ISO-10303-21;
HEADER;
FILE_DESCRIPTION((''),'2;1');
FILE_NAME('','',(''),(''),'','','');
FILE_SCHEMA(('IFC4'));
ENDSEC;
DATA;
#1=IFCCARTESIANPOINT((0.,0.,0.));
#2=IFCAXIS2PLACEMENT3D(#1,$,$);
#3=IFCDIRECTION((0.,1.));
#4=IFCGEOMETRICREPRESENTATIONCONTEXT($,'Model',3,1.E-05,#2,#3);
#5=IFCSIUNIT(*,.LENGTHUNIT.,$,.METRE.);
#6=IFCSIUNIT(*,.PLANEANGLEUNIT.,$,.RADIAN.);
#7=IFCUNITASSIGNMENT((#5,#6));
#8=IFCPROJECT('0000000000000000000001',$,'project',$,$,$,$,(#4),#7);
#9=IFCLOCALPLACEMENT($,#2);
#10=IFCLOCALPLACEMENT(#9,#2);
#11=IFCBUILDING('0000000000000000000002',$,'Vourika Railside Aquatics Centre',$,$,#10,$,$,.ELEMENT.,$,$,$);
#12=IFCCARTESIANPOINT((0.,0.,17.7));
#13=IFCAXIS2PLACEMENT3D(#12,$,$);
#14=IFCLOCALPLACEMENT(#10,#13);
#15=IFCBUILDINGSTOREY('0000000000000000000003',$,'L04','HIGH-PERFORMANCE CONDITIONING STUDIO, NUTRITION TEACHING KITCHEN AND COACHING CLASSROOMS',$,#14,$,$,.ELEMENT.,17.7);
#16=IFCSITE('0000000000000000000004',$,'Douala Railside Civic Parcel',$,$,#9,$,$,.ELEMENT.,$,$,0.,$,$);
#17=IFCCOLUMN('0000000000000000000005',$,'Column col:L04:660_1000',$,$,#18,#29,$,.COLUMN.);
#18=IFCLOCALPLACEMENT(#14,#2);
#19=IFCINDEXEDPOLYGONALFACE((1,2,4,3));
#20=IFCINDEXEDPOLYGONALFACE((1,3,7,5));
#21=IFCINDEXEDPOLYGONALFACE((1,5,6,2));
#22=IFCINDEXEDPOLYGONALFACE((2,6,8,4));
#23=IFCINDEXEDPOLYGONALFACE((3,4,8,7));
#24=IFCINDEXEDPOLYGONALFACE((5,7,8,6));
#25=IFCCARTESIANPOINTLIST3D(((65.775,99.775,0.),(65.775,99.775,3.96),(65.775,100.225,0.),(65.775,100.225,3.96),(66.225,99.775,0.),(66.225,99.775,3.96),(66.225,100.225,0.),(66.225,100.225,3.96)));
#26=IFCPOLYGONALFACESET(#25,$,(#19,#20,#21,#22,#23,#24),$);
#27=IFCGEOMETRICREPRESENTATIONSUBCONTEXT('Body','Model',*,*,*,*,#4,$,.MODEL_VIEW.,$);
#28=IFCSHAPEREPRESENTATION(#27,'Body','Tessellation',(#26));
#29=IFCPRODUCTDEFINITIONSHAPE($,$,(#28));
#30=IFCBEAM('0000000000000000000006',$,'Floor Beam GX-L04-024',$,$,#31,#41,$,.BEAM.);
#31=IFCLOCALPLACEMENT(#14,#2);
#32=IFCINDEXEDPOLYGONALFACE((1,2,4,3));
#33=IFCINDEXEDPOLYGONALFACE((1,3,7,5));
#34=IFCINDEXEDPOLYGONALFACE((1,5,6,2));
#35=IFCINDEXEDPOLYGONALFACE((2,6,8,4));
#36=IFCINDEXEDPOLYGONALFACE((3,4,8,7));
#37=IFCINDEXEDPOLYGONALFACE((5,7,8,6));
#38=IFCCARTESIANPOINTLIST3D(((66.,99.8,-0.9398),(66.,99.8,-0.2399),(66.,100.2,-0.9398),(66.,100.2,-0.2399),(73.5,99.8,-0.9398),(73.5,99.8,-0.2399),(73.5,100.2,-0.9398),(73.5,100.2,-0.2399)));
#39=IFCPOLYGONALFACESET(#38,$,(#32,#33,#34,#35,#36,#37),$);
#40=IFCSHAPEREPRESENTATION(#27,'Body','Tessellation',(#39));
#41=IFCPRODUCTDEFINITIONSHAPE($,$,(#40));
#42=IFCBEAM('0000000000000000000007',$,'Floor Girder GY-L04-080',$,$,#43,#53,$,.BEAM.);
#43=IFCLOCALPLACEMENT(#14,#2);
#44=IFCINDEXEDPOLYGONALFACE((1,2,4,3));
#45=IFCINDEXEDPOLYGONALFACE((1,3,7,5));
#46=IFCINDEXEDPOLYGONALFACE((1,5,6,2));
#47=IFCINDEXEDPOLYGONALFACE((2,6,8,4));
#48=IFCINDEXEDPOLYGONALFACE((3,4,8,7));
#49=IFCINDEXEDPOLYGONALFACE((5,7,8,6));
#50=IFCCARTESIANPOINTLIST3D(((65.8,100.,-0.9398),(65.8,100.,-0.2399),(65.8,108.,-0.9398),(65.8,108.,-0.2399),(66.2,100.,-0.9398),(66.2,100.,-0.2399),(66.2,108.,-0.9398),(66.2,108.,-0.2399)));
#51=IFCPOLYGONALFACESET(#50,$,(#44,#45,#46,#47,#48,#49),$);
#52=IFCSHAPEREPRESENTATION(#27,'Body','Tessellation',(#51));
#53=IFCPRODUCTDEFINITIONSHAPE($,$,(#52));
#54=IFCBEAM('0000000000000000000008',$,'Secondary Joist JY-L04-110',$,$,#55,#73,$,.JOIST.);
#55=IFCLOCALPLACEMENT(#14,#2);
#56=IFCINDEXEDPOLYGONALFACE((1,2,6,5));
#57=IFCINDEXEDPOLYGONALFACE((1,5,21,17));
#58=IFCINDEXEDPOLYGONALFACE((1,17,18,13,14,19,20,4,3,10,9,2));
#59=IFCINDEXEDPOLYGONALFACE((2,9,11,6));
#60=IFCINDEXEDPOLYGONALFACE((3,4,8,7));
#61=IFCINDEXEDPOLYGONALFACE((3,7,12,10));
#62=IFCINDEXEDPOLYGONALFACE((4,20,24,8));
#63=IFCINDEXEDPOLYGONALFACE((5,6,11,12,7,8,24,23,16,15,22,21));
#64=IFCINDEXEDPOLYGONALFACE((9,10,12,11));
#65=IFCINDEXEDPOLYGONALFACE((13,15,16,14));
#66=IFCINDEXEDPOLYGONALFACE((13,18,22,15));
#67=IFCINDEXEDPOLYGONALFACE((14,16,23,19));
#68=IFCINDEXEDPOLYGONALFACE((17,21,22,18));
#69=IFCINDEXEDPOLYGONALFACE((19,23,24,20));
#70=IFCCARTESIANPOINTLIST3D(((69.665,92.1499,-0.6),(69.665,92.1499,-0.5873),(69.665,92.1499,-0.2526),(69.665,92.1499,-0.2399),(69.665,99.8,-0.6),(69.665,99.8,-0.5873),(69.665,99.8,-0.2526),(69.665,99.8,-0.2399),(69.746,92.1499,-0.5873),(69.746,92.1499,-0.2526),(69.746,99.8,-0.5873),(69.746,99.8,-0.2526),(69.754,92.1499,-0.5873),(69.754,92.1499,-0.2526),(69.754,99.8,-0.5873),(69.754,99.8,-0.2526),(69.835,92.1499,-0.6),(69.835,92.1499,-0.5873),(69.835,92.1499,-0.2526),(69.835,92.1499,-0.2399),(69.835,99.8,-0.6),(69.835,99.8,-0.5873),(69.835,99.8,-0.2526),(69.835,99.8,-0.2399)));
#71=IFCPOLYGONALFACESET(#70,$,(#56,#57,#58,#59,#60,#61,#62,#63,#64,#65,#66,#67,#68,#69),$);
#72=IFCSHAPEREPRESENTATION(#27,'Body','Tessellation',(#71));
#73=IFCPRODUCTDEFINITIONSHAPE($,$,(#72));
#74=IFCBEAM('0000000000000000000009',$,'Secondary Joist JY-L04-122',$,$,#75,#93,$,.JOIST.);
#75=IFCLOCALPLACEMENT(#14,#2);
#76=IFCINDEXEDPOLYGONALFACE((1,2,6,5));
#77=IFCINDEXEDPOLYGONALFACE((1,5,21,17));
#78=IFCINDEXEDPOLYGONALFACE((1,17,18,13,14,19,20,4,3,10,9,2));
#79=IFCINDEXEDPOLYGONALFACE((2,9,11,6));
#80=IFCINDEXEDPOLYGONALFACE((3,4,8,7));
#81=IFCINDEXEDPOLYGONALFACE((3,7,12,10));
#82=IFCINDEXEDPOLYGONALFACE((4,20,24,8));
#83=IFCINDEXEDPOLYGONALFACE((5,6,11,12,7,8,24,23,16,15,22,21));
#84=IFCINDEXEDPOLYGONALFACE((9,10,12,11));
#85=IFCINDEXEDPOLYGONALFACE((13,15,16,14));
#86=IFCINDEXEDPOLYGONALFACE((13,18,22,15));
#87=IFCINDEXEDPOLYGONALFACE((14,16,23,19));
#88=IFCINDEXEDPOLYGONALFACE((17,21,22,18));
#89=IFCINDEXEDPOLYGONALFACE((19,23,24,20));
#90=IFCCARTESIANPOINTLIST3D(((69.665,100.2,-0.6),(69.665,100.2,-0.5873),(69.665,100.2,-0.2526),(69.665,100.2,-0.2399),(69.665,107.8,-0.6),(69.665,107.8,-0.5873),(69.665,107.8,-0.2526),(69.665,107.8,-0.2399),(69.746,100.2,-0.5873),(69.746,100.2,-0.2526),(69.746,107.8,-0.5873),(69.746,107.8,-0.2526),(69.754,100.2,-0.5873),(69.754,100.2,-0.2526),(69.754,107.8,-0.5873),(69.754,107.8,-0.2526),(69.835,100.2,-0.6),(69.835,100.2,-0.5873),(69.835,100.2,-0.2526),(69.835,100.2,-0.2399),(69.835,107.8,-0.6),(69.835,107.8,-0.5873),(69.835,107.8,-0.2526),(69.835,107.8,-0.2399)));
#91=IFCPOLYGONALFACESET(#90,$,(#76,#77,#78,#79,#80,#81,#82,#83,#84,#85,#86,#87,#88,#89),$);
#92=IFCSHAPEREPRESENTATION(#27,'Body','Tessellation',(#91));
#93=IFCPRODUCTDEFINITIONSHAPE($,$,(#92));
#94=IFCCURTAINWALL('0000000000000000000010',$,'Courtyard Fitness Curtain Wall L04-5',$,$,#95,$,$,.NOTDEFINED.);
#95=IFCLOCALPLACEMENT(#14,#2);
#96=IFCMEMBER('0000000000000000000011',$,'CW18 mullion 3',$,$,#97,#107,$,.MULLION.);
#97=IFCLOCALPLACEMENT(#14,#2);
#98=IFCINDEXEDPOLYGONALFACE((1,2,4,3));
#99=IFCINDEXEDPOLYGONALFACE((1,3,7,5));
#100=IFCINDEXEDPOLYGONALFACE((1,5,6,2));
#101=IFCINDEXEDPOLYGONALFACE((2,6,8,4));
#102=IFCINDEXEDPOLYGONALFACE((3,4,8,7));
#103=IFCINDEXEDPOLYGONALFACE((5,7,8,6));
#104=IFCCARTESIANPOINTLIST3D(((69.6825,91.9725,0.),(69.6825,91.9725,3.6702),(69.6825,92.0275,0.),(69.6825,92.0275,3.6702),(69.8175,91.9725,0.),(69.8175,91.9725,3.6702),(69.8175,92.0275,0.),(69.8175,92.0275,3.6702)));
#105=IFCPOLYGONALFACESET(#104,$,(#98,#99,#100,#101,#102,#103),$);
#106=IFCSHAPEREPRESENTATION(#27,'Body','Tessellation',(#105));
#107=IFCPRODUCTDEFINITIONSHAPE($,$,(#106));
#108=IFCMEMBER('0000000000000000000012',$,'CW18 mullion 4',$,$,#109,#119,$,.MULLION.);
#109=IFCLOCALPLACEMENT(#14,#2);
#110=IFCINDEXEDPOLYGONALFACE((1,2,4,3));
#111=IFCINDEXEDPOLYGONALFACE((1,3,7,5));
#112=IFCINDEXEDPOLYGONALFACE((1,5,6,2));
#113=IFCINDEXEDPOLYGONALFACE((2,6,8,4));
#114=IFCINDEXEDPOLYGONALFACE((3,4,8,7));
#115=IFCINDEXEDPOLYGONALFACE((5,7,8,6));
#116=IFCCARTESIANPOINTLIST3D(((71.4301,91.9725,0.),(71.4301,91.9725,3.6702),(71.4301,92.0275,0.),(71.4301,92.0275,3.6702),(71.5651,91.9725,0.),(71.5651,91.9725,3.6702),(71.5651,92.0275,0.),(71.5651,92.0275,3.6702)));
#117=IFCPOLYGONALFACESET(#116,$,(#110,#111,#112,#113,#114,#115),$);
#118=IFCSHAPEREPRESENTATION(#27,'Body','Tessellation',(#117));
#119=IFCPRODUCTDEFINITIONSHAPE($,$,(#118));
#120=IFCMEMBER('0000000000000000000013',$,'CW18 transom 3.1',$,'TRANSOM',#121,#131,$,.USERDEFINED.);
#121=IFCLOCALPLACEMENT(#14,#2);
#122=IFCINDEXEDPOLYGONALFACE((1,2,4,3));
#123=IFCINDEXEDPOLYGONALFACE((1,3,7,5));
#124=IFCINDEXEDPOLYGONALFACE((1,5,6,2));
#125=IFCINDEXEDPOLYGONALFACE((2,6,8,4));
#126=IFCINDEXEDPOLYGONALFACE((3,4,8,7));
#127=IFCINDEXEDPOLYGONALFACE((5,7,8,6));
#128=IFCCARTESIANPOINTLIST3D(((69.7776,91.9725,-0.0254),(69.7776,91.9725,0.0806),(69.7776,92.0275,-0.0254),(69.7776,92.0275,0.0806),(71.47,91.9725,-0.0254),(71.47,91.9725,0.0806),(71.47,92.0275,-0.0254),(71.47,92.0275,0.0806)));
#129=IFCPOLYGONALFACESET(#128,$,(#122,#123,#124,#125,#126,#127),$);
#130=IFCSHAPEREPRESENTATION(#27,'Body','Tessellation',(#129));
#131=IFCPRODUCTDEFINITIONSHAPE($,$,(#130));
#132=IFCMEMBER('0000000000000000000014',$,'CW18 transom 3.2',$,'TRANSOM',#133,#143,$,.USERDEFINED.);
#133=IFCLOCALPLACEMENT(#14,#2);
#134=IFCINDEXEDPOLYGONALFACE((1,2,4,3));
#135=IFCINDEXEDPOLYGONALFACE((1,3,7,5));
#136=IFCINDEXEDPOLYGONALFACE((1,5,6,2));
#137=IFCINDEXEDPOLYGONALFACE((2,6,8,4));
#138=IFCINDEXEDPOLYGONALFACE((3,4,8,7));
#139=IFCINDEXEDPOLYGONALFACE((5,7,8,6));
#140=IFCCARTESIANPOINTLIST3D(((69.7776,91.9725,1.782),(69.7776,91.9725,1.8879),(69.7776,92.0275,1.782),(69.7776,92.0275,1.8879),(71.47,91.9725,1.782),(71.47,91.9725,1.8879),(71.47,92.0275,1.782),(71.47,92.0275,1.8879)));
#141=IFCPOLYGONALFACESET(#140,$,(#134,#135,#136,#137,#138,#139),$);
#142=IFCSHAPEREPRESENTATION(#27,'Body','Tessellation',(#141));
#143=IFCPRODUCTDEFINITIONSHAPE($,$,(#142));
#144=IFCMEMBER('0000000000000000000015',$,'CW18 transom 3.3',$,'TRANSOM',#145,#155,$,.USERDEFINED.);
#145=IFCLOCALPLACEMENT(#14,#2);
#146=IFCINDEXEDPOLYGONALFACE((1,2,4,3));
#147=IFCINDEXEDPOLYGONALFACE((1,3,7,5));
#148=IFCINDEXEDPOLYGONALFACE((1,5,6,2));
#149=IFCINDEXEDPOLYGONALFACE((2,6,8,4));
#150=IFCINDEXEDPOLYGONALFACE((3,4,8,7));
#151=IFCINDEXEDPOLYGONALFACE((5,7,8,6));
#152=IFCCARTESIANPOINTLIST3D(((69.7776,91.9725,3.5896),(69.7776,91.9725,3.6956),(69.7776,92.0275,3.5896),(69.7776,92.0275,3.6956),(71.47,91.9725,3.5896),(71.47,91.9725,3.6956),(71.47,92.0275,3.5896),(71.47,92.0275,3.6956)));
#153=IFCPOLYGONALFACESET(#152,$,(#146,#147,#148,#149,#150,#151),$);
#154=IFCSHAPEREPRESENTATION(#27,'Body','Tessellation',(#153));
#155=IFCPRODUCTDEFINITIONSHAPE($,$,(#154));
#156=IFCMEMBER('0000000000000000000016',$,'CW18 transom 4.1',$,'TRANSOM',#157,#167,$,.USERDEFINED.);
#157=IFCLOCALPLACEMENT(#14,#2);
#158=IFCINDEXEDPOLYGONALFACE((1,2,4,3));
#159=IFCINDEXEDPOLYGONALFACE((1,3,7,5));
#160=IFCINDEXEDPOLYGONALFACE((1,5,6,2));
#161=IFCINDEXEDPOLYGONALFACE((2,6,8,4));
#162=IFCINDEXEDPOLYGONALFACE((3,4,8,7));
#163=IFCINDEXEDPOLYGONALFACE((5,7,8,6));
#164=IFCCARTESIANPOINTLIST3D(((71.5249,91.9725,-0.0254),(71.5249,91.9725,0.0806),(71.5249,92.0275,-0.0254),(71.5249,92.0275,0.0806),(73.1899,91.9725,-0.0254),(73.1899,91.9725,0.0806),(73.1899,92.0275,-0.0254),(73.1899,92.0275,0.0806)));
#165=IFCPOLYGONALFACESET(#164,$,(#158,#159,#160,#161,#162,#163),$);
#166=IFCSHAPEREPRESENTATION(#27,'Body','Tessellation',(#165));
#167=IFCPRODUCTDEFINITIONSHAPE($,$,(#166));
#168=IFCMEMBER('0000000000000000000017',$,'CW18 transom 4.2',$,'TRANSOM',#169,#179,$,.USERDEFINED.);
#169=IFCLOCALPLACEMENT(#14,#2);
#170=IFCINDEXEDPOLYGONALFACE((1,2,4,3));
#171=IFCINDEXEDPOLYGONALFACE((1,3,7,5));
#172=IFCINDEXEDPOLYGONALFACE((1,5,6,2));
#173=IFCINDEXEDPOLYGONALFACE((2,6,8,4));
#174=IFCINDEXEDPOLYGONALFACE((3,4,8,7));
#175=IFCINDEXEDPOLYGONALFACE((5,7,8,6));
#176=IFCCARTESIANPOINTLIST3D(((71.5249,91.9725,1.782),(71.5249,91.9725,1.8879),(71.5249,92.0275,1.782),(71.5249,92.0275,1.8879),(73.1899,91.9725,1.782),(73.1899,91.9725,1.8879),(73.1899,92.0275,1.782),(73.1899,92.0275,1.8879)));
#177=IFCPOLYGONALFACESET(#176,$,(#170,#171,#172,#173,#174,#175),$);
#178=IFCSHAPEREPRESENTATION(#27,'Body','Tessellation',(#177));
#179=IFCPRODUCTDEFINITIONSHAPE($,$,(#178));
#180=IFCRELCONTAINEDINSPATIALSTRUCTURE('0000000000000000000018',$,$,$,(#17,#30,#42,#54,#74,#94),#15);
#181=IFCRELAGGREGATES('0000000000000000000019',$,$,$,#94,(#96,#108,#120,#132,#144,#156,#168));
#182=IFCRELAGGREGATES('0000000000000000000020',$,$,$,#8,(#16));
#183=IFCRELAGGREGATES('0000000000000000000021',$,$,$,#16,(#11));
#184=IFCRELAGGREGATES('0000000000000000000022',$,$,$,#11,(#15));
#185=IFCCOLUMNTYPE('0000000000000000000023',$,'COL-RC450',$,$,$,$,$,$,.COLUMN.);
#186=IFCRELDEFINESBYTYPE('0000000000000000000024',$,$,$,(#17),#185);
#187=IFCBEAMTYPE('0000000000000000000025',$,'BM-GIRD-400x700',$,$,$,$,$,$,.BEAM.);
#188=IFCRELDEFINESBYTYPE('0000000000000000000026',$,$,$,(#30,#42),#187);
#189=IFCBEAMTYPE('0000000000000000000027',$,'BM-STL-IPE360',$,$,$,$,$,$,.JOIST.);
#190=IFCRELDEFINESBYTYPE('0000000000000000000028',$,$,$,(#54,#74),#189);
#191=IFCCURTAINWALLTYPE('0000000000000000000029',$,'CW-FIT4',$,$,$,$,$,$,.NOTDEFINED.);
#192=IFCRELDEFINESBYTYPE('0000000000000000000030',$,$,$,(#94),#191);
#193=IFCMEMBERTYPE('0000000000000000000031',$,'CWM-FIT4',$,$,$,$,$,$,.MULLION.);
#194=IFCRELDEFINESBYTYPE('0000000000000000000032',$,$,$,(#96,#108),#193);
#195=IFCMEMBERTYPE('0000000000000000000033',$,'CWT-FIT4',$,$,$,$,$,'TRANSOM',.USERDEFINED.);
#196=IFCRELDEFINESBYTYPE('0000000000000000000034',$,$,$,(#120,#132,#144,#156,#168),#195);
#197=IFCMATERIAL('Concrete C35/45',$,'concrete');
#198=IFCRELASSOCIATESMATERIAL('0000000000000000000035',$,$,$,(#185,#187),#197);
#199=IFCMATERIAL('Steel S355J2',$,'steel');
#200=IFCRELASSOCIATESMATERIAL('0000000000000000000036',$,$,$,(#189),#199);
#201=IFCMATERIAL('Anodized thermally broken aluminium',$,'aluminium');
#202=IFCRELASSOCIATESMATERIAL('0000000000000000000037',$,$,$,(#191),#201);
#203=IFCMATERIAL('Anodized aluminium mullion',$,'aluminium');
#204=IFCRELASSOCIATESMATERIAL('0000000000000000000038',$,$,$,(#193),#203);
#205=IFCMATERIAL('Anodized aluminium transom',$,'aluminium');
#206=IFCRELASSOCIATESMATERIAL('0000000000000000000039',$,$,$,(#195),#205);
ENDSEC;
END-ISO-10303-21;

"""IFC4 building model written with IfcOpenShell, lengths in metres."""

from ifc_helpers import new_model, si_unit, direction, frame, origin, origin_2d, place, context, subcontext, project, spatial, rectangle, i_section, extrude, material, material_profile, profile_set, type_object, element, aggregate, save


model = new_model("IFC4")

# Units and contexts
model_context = context("Model", 3, precision=1e-05, world=origin(), true_north=direction((0.0, 1.0)))
body_context = subcontext(model_context, "Body", "Model", "MODEL_VIEW")
ifc_project = project(units=[si_unit("LENGTHUNIT", "METRE"), si_unit("PLANEANGLEUNIT", "RADIAN")], contexts=[model_context])

# Site, building, storey
site_placement = place(None, origin())
site = spatial("IfcSite", under=ifc_project, at=site_placement, Name="Douala Railside Civic Parcel", CompositionType="ELEMENT", RefElevation=0.0)
building_placement = place(site_placement, origin())
building = spatial("IfcBuilding", under=site, at=building_placement, Name="Vourika Railside Aquatics Centre", CompositionType="ELEMENT")
storey_placement = place(building_placement, frame((0.0, 0.0, 17.7)))
storey = spatial("IfcBuildingStorey", under=building, at=storey_placement, Name="L04", Description="HIGH-PERFORMANCE CONDITIONING STUDIO, NUTRITION TEACHING KITCHEN AND COACHING CLASSROOMS", CompositionType="ELEMENT", Elevation=17.7)

# Column
ifc_material_1 = material(Name="Concrete C35/45", Category="concrete")
ifc_material_profile_1 = material_profile(ifc_material_1, rectangle(XDim=0.45, YDim=0.45, at=origin_2d()), Name="RC 450x450")
ifc_profile_set_1 = profile_set([ifc_material_profile_1], Name="Concrete C35/45")
column_type = type_object("IfcColumnType", Name="COL-RC450", PredefinedType="COLUMN", material=ifc_profile_set_1)
column_placement = place(storey_placement, frame((66.0, 100.0, 0.0), z_axis=(0.0, 0.0, 1.0), x_axis=(1.0, 0.0, 0.0)))
element("IfcColumn", 1, at=column_placement, inside=storey, type_object=column_type, Name="Column col:L04:660_1000", PredefinedType="COLUMN", context=body_context, shape_type="SweptSolid", body=[
    extrude(rectangle(XDim=0.45, YDim=0.45, at=origin_2d()), origin(), (0.0, 0.0, 1.0), 3.96),
])

# Beams
ifc_material_profile_2 = material_profile(ifc_material_1, rectangle(XDim=0.3999, YDim=0.7, at=origin_2d()), Name="RC 400x700")
ifc_profile_set_2 = profile_set([ifc_material_profile_2], Name="Concrete C35/45")
beam_type_1 = type_object("IfcBeamType", Name="BM-GIRD-400x700", PredefinedType="BEAM", material=ifc_profile_set_2)
beam_1_placement = place(storey_placement, frame((66.0, 100.0, -0.5898), z_axis=(1.0, 0.0, 0.0), x_axis=(0.0, 1.0, 0.0)))
element("IfcBeam", 2, at=beam_1_placement, inside=storey, type_object=beam_type_1, Name="Floor Beam GX-L04-024", PredefinedType="BEAM", context=body_context, shape_type="SweptSolid", body=[
    extrude(rectangle(XDim=0.3999, YDim=0.7, at=origin_2d()), origin(), (0.0, 0.0, 1.0), 7.5),
])
beam_2_placement = place(storey_placement, frame((66.0, 100.0, -0.5898), z_axis=(0.0, 1.0, 0.0), x_axis=(-1.0, 0.0, 0.0)))
element("IfcBeam", 3, at=beam_2_placement, inside=storey, type_object=beam_type_1, Name="Floor Girder GY-L04-080", PredefinedType="BEAM", context=body_context, shape_type="SweptSolid", body=[
    extrude(rectangle(XDim=0.3999, YDim=0.7, at=origin_2d()), origin(), (0.0, 0.0, 1.0), 8.0),
])
ifc_material_2 = material(Name="Steel S355J2", Category="steel")
ifc_material_profile_3 = material_profile(ifc_material_2, i_section(OverallWidth=0.1699, OverallDepth=0.3601, WebThickness=0.0081, FlangeThickness=0.0127, at=origin_2d()), Name="IPE 360")
ifc_profile_set_3 = profile_set([ifc_material_profile_3], Name="Steel S355J2")
beam_type_2 = type_object("IfcBeamType", Name="BM-STL-IPE360", PredefinedType="JOIST", material=ifc_profile_set_3)
beam_3_placement = place(storey_placement, frame((69.75, 92.1499, -0.4199), z_axis=(0.0, 1.0, 0.0), x_axis=(-1.0, 0.0, 0.0)))
element("IfcBeam", 4, at=beam_3_placement, inside=storey, type_object=beam_type_2, Name="Secondary Joist JY-L04-110", PredefinedType="JOIST", context=body_context, shape_type="SweptSolid", body=[
    extrude(i_section(OverallWidth=0.1699, OverallDepth=0.3601, WebThickness=0.0081, FlangeThickness=0.0127, at=origin_2d()), origin(), (0.0, 0.0, 1.0), 7.6501),
])
beam_4_placement = place(storey_placement, frame((69.75, 100.2, -0.4199), z_axis=(0.0, 1.0, 0.0), x_axis=(-1.0, 0.0, 0.0)))
element("IfcBeam", 5, at=beam_4_placement, inside=storey, type_object=beam_type_2, Name="Secondary Joist JY-L04-122", PredefinedType="JOIST", context=body_context, shape_type="SweptSolid", body=[
    extrude(i_section(OverallWidth=0.1699, OverallDepth=0.3601, WebThickness=0.0081, FlangeThickness=0.0127, at=origin_2d()), origin(), (0.0, 0.0, 1.0), 7.6001),
])

# Curtain wall, members
ifc_material_3 = material(Name="Anodized thermally broken aluminium", Category="aluminium")
curtain_wall_type = type_object("IfcCurtainWallType", Name="CW-FIT4", PredefinedType="NOTDEFINED", material=ifc_material_3)
curtain_wall_placement = place(storey_placement, origin())
curtain_wall = element("IfcCurtainWall", 6, at=curtain_wall_placement, inside=storey, type_object=curtain_wall_type, Name="Courtyard Fitness Curtain Wall L04-5", PredefinedType="NOTDEFINED")
ifc_material_4 = material(Name="Anodized aluminium mullion", Category="aluminium")
ifc_material_profile_4 = material_profile(ifc_material_4, rectangle(XDim=0.0549, YDim=0.135, at=origin_2d()), Name="ALU-M 55x135")
ifc_profile_set_4 = profile_set([ifc_material_profile_4], Name="Anodized aluminium mullion")
member_type_1 = type_object("IfcMemberType", Name="CWM-FIT4", PredefinedType="MULLION", material=ifc_profile_set_4)
member_1_placement = place(storey_placement, frame((69.75, 92.0, 0.0), z_axis=(0.0, 0.0, 1.0), x_axis=(0.0, 1.0, 0.0)))
member_1 = element("IfcMember", 7, at=member_1_placement, type_object=member_type_1, Name="CW18 mullion 3", PredefinedType="MULLION", context=body_context, shape_type="SweptSolid", body=[
    extrude(rectangle(XDim=0.0549, YDim=0.135, at=origin_2d()), origin(), (0.0, 0.0, 1.0), 3.6702),
])
member_2_placement = place(storey_placement, frame((71.4976, 92.0, 0.0), z_axis=(0.0, 0.0, 1.0), x_axis=(0.0, 1.0, 0.0)))
member_2 = element("IfcMember", 8, at=member_2_placement, type_object=member_type_1, Name="CW18 mullion 4", PredefinedType="MULLION", context=body_context, shape_type="SweptSolid", body=[
    extrude(rectangle(XDim=0.0549, YDim=0.135, at=origin_2d()), origin(), (0.0, 0.0, 1.0), 3.6702),
])
ifc_material_5 = material(Name="Anodized aluminium transom", Category="aluminium")
ifc_material_profile_5 = material_profile(ifc_material_5, rectangle(XDim=0.0549, YDim=0.106, at=origin_2d()), Name="ALU-T 55x106")
ifc_profile_set_5 = profile_set([ifc_material_profile_5], Name="Anodized aluminium transom")
member_type_2 = type_object("IfcMemberType", Name="CWT-FIT4", ElementType="TRANSOM", PredefinedType="USERDEFINED", material=ifc_profile_set_5)
member_3_placement = place(storey_placement, frame((69.7776, 92.0, 0.0276), z_axis=(1.0, 0.0, 0.0), x_axis=(0.0, 1.0, 0.0)))
member_3 = element("IfcMember", 9, at=member_3_placement, type_object=member_type_2, Name="CW18 transom 3.1", ObjectType="TRANSOM", PredefinedType="USERDEFINED", context=body_context, shape_type="SweptSolid", body=[
    extrude(rectangle(XDim=0.0549, YDim=0.106, at=origin_2d()), origin(), (0.0, 0.0, 1.0), 1.6924),
])
member_4_placement = place(storey_placement, frame((69.7776, 92.0, 1.835), z_axis=(1.0, 0.0, 0.0), x_axis=(0.0, 1.0, 0.0)))
member_4 = element("IfcMember", 10, at=member_4_placement, type_object=member_type_2, Name="CW18 transom 3.2", ObjectType="TRANSOM", PredefinedType="USERDEFINED", context=body_context, shape_type="SweptSolid", body=[
    extrude(rectangle(XDim=0.0549, YDim=0.106, at=origin_2d()), origin(), (0.0, 0.0, 1.0), 1.6924),
])
member_5_placement = place(storey_placement, frame((69.7776, 92.0, 3.6426), z_axis=(1.0, 0.0, 0.0), x_axis=(0.0, 1.0, 0.0)))
member_5 = element("IfcMember", 11, at=member_5_placement, type_object=member_type_2, Name="CW18 transom 3.3", ObjectType="TRANSOM", PredefinedType="USERDEFINED", context=body_context, shape_type="SweptSolid", body=[
    extrude(rectangle(XDim=0.0549, YDim=0.106, at=origin_2d()), origin(), (0.0, 0.0, 1.0), 1.6924),
])
member_6_placement = place(storey_placement, frame((71.5249, 92.0, 0.0276), z_axis=(1.0, 0.0, 0.0), x_axis=(0.0, 1.0, 0.0)))
member_6 = element("IfcMember", 12, at=member_6_placement, type_object=member_type_2, Name="CW18 transom 4.1", ObjectType="TRANSOM", PredefinedType="USERDEFINED", context=body_context, shape_type="SweptSolid", body=[
    extrude(rectangle(XDim=0.0549, YDim=0.106, at=origin_2d()), origin(), (0.0, 0.0, 1.0), 1.665),
])
member_7_placement = place(storey_placement, frame((71.5249, 92.0, 1.835), z_axis=(1.0, 0.0, 0.0), x_axis=(0.0, 1.0, 0.0)))
member_7 = element("IfcMember", 13, at=member_7_placement, type_object=member_type_2, Name="CW18 transom 4.2", ObjectType="TRANSOM", PredefinedType="USERDEFINED", context=body_context, shape_type="SweptSolid", body=[
    extrude(rectangle(XDim=0.0549, YDim=0.106, at=origin_2d()), origin(), (0.0, 0.0, 1.0), 1.665),
])
aggregate(curtain_wall, [member_1, member_2, member_3, member_4, member_5, member_6, member_7])

save(model, "model.ifc")
